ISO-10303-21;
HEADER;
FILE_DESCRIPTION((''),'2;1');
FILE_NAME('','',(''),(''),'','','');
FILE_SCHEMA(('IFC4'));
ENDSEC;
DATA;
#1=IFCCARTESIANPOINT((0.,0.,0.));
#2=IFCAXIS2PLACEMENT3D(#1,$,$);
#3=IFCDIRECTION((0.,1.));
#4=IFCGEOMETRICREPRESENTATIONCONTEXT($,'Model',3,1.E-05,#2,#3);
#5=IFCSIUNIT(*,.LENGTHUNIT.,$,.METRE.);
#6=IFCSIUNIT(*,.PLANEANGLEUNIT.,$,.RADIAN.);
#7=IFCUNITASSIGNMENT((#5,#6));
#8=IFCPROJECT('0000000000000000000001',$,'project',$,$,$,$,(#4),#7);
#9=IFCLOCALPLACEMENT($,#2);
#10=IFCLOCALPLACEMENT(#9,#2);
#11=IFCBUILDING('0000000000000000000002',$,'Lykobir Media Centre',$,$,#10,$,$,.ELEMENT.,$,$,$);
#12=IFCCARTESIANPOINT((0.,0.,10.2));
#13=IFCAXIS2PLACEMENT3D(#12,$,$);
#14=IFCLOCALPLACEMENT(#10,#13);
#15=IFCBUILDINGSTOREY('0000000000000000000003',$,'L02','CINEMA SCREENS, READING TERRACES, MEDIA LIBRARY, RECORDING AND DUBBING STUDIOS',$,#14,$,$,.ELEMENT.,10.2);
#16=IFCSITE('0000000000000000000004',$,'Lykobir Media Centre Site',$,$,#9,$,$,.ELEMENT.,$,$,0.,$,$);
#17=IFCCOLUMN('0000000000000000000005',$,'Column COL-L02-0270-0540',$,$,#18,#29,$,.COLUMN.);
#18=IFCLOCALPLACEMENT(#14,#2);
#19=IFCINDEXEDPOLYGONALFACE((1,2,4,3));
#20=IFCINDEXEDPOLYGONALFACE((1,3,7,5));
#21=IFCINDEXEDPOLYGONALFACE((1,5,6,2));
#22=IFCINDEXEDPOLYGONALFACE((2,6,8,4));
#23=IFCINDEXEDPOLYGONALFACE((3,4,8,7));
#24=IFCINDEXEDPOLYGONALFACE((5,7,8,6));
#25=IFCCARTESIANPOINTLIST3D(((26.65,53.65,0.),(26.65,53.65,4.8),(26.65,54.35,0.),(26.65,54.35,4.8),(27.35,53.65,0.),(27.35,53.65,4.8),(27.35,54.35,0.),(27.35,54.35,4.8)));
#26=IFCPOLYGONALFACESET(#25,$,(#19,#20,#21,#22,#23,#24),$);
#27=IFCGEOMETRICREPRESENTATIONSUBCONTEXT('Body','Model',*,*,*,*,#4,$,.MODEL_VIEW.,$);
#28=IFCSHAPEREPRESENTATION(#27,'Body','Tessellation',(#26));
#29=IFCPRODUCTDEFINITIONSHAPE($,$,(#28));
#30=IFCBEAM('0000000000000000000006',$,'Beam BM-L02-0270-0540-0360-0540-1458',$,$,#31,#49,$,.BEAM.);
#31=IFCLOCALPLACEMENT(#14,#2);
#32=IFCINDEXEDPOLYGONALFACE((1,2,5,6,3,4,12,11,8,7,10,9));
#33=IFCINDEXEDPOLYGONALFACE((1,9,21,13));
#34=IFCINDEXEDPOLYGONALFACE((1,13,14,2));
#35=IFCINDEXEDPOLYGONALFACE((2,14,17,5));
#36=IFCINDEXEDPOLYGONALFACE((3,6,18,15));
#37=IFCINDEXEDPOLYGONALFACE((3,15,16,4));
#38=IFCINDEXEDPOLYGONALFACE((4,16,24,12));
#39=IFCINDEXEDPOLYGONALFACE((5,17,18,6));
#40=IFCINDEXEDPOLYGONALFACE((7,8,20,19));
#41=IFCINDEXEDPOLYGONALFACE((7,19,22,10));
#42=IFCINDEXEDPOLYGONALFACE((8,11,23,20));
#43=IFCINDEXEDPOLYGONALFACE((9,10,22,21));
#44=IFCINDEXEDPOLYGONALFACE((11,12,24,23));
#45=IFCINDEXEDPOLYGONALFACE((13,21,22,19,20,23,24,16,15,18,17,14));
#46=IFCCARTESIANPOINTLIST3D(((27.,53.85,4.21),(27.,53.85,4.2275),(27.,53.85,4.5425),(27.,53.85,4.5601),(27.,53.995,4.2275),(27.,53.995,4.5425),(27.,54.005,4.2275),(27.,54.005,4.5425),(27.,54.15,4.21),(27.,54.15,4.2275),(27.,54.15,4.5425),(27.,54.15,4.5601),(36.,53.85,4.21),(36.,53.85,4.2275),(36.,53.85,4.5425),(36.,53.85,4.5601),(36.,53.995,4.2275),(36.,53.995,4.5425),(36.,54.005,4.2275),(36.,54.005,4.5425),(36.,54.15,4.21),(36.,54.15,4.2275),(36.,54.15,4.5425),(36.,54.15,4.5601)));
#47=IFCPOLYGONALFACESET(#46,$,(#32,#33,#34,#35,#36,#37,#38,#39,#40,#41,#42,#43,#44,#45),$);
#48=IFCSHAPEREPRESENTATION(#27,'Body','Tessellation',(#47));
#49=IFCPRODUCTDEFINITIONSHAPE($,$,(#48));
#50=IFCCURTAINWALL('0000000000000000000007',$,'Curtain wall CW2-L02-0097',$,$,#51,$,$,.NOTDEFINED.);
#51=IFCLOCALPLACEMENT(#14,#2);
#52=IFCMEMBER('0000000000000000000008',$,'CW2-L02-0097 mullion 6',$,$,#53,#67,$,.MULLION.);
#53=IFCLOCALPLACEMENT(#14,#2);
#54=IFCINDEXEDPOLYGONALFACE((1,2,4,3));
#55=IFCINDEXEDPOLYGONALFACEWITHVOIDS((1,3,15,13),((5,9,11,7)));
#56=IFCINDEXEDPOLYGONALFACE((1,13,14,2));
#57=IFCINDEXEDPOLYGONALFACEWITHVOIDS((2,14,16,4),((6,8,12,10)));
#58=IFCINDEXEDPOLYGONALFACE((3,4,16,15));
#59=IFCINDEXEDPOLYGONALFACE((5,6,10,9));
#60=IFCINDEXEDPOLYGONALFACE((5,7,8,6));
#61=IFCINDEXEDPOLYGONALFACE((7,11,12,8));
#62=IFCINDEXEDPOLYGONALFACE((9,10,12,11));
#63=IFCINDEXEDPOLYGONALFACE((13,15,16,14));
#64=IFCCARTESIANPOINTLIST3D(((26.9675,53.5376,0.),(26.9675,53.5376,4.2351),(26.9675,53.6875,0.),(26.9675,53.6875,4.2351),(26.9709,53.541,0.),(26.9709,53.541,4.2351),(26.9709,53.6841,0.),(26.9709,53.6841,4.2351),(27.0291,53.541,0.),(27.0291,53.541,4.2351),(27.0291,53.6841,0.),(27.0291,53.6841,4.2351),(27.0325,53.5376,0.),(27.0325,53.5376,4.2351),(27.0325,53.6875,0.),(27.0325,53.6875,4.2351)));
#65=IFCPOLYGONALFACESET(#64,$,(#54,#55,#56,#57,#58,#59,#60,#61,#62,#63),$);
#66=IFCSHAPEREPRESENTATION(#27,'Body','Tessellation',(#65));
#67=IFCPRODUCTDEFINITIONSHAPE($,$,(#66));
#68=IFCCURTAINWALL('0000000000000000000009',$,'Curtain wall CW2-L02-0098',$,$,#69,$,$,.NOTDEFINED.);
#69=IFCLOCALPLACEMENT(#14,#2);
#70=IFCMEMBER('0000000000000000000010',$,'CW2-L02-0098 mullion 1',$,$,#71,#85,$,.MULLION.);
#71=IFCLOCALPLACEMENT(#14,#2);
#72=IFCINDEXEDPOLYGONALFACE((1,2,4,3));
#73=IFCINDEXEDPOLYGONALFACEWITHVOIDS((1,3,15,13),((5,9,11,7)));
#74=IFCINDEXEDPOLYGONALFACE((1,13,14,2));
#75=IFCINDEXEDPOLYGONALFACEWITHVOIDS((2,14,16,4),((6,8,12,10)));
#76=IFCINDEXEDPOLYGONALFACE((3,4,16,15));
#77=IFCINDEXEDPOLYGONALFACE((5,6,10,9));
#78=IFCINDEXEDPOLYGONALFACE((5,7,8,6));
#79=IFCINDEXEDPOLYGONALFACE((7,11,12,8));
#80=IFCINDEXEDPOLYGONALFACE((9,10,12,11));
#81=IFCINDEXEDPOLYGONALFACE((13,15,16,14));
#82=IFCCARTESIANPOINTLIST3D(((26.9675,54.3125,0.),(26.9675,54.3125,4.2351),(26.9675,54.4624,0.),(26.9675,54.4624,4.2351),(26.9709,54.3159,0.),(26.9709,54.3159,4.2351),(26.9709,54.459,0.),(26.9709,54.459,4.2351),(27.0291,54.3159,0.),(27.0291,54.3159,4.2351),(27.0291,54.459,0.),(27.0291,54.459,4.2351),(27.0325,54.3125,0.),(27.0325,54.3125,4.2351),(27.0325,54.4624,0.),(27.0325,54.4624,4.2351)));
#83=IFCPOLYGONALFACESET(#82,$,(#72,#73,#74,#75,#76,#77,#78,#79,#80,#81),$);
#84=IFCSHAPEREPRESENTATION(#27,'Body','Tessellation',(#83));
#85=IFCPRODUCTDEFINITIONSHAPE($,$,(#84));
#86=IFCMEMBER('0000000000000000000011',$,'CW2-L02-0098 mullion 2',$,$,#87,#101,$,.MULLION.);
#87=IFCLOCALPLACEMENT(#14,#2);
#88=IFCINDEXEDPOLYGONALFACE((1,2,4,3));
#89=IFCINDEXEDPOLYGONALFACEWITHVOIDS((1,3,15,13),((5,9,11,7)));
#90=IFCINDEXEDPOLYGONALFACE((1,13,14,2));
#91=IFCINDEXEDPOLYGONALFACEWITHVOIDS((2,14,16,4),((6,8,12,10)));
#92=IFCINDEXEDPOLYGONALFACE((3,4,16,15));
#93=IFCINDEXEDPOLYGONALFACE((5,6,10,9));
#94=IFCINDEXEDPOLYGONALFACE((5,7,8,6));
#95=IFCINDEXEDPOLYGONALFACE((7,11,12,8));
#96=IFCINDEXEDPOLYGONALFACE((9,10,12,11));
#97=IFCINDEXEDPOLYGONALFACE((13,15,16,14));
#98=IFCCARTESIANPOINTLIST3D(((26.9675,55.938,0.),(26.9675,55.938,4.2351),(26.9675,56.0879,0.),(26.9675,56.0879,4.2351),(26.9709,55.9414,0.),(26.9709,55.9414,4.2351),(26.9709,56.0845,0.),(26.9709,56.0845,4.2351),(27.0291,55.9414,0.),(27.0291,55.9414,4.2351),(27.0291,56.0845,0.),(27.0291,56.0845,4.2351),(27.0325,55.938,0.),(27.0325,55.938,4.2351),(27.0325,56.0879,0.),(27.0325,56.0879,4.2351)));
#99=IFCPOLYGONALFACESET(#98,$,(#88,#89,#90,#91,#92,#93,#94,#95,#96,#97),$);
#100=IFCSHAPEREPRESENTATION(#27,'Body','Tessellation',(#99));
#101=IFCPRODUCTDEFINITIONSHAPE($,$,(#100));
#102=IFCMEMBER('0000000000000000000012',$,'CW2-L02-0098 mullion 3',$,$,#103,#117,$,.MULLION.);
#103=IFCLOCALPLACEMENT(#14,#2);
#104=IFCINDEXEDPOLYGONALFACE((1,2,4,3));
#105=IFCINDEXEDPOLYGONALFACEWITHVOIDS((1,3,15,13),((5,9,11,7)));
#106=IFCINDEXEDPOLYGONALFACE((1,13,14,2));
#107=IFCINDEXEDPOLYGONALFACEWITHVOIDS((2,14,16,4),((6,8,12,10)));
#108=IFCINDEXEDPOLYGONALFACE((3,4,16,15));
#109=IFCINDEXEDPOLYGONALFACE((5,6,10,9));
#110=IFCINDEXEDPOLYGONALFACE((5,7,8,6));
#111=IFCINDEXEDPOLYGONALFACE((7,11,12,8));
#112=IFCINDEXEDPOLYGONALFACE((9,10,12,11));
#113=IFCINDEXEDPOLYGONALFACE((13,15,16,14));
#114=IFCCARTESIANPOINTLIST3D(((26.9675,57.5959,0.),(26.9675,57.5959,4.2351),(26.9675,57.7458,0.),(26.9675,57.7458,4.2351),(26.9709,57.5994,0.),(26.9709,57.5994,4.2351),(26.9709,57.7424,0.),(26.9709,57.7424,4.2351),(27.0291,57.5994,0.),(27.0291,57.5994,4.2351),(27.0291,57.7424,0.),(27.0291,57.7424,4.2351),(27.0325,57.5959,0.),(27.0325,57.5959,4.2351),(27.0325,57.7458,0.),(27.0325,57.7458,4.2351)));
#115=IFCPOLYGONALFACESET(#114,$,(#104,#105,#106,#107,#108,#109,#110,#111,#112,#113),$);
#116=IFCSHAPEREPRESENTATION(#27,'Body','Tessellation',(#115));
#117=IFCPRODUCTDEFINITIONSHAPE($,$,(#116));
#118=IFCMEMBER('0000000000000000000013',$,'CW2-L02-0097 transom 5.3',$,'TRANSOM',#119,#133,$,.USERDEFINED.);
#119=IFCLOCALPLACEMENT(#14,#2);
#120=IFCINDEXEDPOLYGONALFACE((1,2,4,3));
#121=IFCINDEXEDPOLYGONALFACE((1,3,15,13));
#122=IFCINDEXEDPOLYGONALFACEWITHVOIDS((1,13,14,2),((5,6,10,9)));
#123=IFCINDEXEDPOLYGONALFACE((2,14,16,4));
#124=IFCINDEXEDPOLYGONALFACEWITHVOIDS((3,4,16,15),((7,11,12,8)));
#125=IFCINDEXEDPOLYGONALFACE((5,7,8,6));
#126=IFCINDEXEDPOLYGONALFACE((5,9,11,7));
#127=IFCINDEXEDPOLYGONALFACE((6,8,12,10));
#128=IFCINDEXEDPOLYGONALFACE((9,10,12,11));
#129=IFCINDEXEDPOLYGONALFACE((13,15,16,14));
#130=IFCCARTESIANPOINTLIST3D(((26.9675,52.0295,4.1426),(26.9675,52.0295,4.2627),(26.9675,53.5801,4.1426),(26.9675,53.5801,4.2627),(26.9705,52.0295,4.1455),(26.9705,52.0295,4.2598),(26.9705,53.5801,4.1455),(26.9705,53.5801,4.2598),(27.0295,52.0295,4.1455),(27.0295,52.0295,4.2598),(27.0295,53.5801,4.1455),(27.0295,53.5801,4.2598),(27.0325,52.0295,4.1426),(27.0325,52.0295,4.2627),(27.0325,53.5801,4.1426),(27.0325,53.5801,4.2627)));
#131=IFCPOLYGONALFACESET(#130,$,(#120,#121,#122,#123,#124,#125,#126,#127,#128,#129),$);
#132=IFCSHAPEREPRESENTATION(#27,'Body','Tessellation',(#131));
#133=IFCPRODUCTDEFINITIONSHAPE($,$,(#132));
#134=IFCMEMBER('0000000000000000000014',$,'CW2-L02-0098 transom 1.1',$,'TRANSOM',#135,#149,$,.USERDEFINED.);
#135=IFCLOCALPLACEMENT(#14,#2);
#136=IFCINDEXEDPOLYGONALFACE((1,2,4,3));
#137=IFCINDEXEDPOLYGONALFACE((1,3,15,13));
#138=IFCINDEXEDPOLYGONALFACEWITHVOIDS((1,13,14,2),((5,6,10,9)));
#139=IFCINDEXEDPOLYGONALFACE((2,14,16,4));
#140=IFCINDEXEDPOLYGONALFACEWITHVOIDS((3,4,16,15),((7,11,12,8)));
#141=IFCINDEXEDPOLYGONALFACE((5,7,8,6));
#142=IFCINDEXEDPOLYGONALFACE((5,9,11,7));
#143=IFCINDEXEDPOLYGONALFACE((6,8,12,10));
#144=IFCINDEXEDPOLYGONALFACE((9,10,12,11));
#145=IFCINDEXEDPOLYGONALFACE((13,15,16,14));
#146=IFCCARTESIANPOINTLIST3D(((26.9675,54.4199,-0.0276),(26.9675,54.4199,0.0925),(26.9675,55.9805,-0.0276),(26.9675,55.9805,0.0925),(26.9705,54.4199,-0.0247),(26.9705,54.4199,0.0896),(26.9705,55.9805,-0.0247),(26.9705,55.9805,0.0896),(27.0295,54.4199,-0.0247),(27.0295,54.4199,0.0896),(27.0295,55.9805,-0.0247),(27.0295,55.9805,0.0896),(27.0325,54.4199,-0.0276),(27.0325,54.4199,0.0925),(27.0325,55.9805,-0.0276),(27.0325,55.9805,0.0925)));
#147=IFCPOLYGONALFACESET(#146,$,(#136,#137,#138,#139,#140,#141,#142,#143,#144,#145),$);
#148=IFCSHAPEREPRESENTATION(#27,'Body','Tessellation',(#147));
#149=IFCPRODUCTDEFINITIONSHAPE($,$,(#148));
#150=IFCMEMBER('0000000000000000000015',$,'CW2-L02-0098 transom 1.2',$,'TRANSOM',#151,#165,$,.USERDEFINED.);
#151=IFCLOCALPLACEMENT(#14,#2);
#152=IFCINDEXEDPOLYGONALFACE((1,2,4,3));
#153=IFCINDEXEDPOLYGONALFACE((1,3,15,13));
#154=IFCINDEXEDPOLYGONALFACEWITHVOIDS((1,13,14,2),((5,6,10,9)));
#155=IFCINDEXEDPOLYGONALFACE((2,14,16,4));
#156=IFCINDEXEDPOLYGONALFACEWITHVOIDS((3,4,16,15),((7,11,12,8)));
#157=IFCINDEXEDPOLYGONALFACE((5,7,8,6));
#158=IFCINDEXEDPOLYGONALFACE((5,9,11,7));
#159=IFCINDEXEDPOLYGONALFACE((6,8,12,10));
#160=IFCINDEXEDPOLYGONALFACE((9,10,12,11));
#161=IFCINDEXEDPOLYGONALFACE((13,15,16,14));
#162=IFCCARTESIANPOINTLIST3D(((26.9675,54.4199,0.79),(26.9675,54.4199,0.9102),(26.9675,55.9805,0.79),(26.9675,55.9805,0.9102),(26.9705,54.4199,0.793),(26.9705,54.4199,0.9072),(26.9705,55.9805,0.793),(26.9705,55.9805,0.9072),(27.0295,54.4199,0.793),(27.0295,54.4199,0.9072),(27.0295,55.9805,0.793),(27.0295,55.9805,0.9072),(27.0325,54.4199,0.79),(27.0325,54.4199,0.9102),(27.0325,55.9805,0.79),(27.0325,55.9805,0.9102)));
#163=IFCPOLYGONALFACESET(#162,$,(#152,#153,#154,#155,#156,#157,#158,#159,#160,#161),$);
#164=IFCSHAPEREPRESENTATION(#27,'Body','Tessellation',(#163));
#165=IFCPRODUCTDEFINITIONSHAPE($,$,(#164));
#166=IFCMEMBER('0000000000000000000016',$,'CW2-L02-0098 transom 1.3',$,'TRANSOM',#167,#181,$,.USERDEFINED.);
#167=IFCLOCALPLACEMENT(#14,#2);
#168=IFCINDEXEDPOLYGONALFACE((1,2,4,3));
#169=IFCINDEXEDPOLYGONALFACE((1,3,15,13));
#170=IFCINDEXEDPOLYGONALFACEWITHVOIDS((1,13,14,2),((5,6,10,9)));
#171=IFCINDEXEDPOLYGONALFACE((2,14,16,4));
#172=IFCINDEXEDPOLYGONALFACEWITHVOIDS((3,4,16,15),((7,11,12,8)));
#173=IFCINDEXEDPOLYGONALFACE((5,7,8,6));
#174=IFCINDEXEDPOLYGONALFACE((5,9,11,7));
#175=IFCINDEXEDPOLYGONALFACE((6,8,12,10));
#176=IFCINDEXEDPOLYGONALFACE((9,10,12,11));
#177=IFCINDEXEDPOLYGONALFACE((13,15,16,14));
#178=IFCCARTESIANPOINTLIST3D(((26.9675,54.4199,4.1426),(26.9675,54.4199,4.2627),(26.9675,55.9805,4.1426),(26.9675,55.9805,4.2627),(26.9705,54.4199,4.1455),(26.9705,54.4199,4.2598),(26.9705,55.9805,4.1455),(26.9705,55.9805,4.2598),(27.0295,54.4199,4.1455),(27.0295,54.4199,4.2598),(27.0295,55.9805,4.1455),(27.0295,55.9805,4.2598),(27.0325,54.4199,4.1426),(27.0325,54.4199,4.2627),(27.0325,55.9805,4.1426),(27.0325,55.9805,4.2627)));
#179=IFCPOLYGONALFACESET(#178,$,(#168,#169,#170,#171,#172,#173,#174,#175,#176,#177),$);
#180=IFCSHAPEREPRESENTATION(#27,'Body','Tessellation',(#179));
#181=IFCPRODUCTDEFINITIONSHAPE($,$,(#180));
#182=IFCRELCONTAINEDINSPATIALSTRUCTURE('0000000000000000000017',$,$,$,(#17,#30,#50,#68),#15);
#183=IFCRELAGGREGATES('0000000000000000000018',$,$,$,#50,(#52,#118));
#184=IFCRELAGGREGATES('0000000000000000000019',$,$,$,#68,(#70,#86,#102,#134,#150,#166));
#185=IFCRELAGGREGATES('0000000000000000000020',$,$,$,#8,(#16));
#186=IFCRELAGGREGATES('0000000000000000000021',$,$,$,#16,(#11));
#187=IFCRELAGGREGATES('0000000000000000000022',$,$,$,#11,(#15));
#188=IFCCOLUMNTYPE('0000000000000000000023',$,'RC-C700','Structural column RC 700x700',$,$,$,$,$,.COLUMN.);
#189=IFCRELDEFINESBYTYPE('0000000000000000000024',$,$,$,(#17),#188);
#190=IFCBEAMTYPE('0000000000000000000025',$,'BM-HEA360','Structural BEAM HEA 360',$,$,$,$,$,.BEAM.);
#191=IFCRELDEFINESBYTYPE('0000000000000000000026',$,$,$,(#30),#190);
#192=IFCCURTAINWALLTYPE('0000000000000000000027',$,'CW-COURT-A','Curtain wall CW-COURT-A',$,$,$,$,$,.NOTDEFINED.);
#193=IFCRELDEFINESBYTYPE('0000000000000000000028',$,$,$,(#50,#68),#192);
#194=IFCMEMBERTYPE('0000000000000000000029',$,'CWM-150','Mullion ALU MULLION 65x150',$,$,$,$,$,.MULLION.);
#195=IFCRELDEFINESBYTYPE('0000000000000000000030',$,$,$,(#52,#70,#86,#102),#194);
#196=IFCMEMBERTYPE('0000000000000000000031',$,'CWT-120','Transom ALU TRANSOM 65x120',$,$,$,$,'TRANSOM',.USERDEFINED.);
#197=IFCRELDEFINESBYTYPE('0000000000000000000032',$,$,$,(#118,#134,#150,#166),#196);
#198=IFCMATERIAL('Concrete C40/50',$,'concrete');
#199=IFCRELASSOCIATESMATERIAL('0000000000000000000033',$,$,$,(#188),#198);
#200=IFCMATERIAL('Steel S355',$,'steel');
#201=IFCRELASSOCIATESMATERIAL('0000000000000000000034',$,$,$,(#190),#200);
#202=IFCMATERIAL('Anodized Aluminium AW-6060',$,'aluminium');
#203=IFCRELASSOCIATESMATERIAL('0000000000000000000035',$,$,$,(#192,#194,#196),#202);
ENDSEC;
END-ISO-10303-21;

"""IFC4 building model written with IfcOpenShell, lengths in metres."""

from ifc_helpers import new_model, si_unit, direction, frame, origin, origin_2d, place, context, subcontext, project, spatial, rectangle, hollow_rectangle, i_section, extrude, material, material_profile, profile_set, type_object, element, aggregate, save


model = new_model("IFC4")

# Units and contexts
model_context = context("Model", 3, precision=1e-05, world=origin(), true_north=direction((0.0, 1.0)))
body_context = subcontext(model_context, "Body", "Model", "MODEL_VIEW")
ifc_project = project(units=[si_unit("LENGTHUNIT", "METRE"), si_unit("PLANEANGLEUNIT", "RADIAN")], contexts=[model_context])

# Site, building, storey
site_placement = place(None, origin())
site = spatial("IfcSite", under=ifc_project, at=site_placement, Name="Lykobir Media Centre Site", CompositionType="ELEMENT", RefElevation=0.0)
building_placement = place(site_placement, origin())
building = spatial("IfcBuilding", under=site, at=building_placement, Name="Lykobir Media Centre", CompositionType="ELEMENT")
storey_placement = place(building_placement, frame((0.0, 0.0, 10.2)))
storey = spatial("IfcBuildingStorey", under=building, at=storey_placement, Name="L02", Description="CINEMA SCREENS, READING TERRACES, MEDIA LIBRARY, RECORDING AND DUBBING STUDIOS", CompositionType="ELEMENT", Elevation=10.2)

# Column
ifc_material_1 = material(Name="Concrete C40/50", Category="concrete")
ifc_material_profile_1 = material_profile(ifc_material_1, rectangle(XDim=0.7, YDim=0.7, at=origin_2d()), Name="RC 700x700")
ifc_profile_set_1 = profile_set([ifc_material_profile_1], Name="Concrete C40/50")
column_type = type_object("IfcColumnType", Name="RC-C700", Description="Structural column RC 700x700", PredefinedType="COLUMN", material=ifc_profile_set_1)
column_placement = place(storey_placement, frame((27.0, 54.0, 0.0), z_axis=(0.0, 0.0, 1.0), x_axis=(1.0, 0.0, 0.0)))
element("IfcColumn", 1, at=column_placement, inside=storey, type_object=column_type, Name="Column COL-L02-0270-0540", PredefinedType="COLUMN", context=body_context, shape_type="SweptSolid", body=[
    extrude(rectangle(XDim=0.7, YDim=0.7, at=origin_2d()), origin(), (0.0, 0.0, 1.0), 4.8),
])

# Beam
ifc_material_2 = material(Name="Steel S355", Category="steel")
ifc_material_profile_2 = material_profile(ifc_material_2, i_section(OverallWidth=0.3, OverallDepth=0.3501, WebThickness=0.01, FlangeThickness=0.0176, at=origin_2d()), Name="HEA 360")
ifc_profile_set_2 = profile_set([ifc_material_profile_2], Name="Steel S355")
beam_type_1 = type_object("IfcBeamType", Name="BM-HEA360", Description="Structural BEAM HEA 360", PredefinedType="BEAM", material=ifc_profile_set_2)
beam_1_placement = place(storey_placement, frame((27.0, 54.0, 4.385), z_axis=(1.0, 0.0, 0.0), x_axis=(0.0, 1.0, 0.0)))
element("IfcBeam", 2, at=beam_1_placement, inside=storey, type_object=beam_type_1, Name="Beam BM-L02-0270-0540-0360-0540-1458", PredefinedType="BEAM", context=body_context, shape_type="SweptSolid", body=[
    extrude(i_section(OverallWidth=0.3, OverallDepth=0.3501, WebThickness=0.01, FlangeThickness=0.0176, at=origin_2d()), origin(), (0.0, 0.0, 1.0), 9.0),
])

# Curtain wall, member
ifc_material_3 = material(Name="Anodized Aluminium AW-6060", Category="aluminium")
curtain_wall_type = type_object("IfcCurtainWallType", Name="CW-COURT-A", Description="Curtain wall CW-COURT-A", PredefinedType="NOTDEFINED", material=ifc_material_3)
curtain_wall_1_placement = place(storey_placement, origin())
curtain_wall_1 = element("IfcCurtainWall", 3, at=curtain_wall_1_placement, inside=storey, type_object=curtain_wall_type, Name="Curtain wall CW2-L02-0097", PredefinedType="NOTDEFINED")
ifc_material_profile_3 = material_profile(ifc_material_3, hollow_rectangle(XDim=0.0649, YDim=0.1499, WallThickness=0.0034, at=origin_2d()), Name="ALU MULLION 65x150")
ifc_profile_set_3 = profile_set([ifc_material_profile_3], Name="Anodized Aluminium AW-6060")
member_type_1 = type_object("IfcMemberType", Name="CWM-150", Description="Mullion ALU MULLION 65x150", PredefinedType="MULLION", material=ifc_profile_set_3)
member_1_placement = place(storey_placement, frame((27.0, 53.6125, 0.0), z_axis=(0.0, 0.0, 1.0), x_axis=(-1.0, 0.0, 0.0)))
member_1 = element("IfcMember", 4, at=member_1_placement, type_object=member_type_1, Name="CW2-L02-0097 mullion 6", PredefinedType="MULLION", context=body_context, shape_type="SweptSolid", body=[
    extrude(hollow_rectangle(XDim=0.0649, YDim=0.1499, WallThickness=0.0034, at=origin_2d()), origin(), (0.0, 0.0, 1.0), 4.2351),
])

# Curtain wall, members
curtain_wall_2_placement = place(storey_placement, origin())
curtain_wall_2 = element("IfcCurtainWall", 5, at=curtain_wall_2_placement, inside=storey, type_object=curtain_wall_type, Name="Curtain wall CW2-L02-0098", PredefinedType="NOTDEFINED")
member_2_placement = place(storey_placement, frame((27.0, 54.3875, 0.0), z_axis=(0.0, 0.0, 1.0), x_axis=(-1.0, 0.0, 0.0)))
member_2 = element("IfcMember", 6, at=member_2_placement, type_object=member_type_1, Name="CW2-L02-0098 mullion 1", PredefinedType="MULLION", context=body_context, shape_type="SweptSolid", body=[
    extrude(hollow_rectangle(XDim=0.0649, YDim=0.1499, WallThickness=0.0034, at=origin_2d()), origin(), (0.0, 0.0, 1.0), 4.2351),
])
member_3_placement = place(storey_placement, frame((27.0, 56.0129, 0.0), z_axis=(0.0, 0.0, 1.0), x_axis=(-1.0, 0.0, 0.0)))
member_3 = element("IfcMember", 7, at=member_3_placement, type_object=member_type_1, Name="CW2-L02-0098 mullion 2", PredefinedType="MULLION", context=body_context, shape_type="SweptSolid", body=[
    extrude(hollow_rectangle(XDim=0.0649, YDim=0.1499, WallThickness=0.0034, at=origin_2d()), origin(), (0.0, 0.0, 1.0), 4.2351),
])
member_4_placement = place(storey_placement, frame((27.0, 57.6709, 0.0), z_axis=(0.0, 0.0, 1.0), x_axis=(-1.0, 0.0, 0.0)))
member_4 = element("IfcMember", 8, at=member_4_placement, type_object=member_type_1, Name="CW2-L02-0098 mullion 3", PredefinedType="MULLION", context=body_context, shape_type="SweptSolid", body=[
    extrude(hollow_rectangle(XDim=0.0649, YDim=0.1499, WallThickness=0.0034, at=origin_2d()), origin(), (0.0, 0.0, 1.0), 4.2351),
])

# Members
ifc_material_profile_4 = material_profile(ifc_material_3, hollow_rectangle(XDim=0.0649, YDim=0.1201, WallThickness=0.0029, at=origin_2d()), Name="ALU TRANSOM 65x120")
ifc_profile_set_4 = profile_set([ifc_material_profile_4], Name="Anodized Aluminium AW-6060")
member_type_2 = type_object("IfcMemberType", Name="CWT-120", Description="Transom ALU TRANSOM 65x120", ElementType="TRANSOM", PredefinedType="USERDEFINED", material=ifc_profile_set_4)
member_5_placement = place(storey_placement, frame((27.0, 52.0295, 4.2026), z_axis=(0.0, 1.0, 0.0), x_axis=(-1.0, 0.0, 0.0)))
member_5 = element("IfcMember", 9, at=member_5_placement, type_object=member_type_2, Name="CW2-L02-0097 transom 5.3", ObjectType="TRANSOM", PredefinedType="USERDEFINED", context=body_context, shape_type="SweptSolid", body=[
    extrude(hollow_rectangle(XDim=0.0649, YDim=0.1201, WallThickness=0.0029, at=origin_2d()), origin(), (0.0, 0.0, 1.0), 1.5505),
])
member_6_placement = place(storey_placement, frame((27.0, 54.4199, 0.0325), z_axis=(0.0, 1.0, 0.0), x_axis=(-1.0, 0.0, 0.0)))
member_6 = element("IfcMember", 10, at=member_6_placement, type_object=member_type_2, Name="CW2-L02-0098 transom 1.1", ObjectType="TRANSOM", PredefinedType="USERDEFINED", context=body_context, shape_type="SweptSolid", body=[
    extrude(hollow_rectangle(XDim=0.0649, YDim=0.1201, WallThickness=0.0029, at=origin_2d()), origin(), (0.0, 0.0, 1.0), 1.5605),
])
member_7_placement = place(storey_placement, frame((27.0, 54.4199, 0.8501), z_axis=(0.0, 1.0, 0.0), x_axis=(-1.0, 0.0, 0.0)))
member_7 = element("IfcMember", 11, at=member_7_placement, type_object=member_type_2, Name="CW2-L02-0098 transom 1.2", ObjectType="TRANSOM", PredefinedType="USERDEFINED", context=body_context, shape_type="SweptSolid", body=[
    extrude(hollow_rectangle(XDim=0.0649, YDim=0.1201, WallThickness=0.0029, at=origin_2d()), origin(), (0.0, 0.0, 1.0), 1.5605),
])
member_8_placement = place(storey_placement, frame((27.0, 54.4199, 4.2026), z_axis=(0.0, 1.0, 0.0), x_axis=(-1.0, 0.0, 0.0)))
member_8 = element("IfcMember", 12, at=member_8_placement, type_object=member_type_2, Name="CW2-L02-0098 transom 1.3", ObjectType="TRANSOM", PredefinedType="USERDEFINED", context=body_context, shape_type="SweptSolid", body=[
    extrude(hollow_rectangle(XDim=0.0649, YDim=0.1201, WallThickness=0.0029, at=origin_2d()), origin(), (0.0, 0.0, 1.0), 1.5605),
])

aggregate(curtain_wall_1, [member_1, member_5])
aggregate(curtain_wall_2, [member_2, member_3, member_4, member_6, member_7, member_8])

save(model, "model.ifc")
